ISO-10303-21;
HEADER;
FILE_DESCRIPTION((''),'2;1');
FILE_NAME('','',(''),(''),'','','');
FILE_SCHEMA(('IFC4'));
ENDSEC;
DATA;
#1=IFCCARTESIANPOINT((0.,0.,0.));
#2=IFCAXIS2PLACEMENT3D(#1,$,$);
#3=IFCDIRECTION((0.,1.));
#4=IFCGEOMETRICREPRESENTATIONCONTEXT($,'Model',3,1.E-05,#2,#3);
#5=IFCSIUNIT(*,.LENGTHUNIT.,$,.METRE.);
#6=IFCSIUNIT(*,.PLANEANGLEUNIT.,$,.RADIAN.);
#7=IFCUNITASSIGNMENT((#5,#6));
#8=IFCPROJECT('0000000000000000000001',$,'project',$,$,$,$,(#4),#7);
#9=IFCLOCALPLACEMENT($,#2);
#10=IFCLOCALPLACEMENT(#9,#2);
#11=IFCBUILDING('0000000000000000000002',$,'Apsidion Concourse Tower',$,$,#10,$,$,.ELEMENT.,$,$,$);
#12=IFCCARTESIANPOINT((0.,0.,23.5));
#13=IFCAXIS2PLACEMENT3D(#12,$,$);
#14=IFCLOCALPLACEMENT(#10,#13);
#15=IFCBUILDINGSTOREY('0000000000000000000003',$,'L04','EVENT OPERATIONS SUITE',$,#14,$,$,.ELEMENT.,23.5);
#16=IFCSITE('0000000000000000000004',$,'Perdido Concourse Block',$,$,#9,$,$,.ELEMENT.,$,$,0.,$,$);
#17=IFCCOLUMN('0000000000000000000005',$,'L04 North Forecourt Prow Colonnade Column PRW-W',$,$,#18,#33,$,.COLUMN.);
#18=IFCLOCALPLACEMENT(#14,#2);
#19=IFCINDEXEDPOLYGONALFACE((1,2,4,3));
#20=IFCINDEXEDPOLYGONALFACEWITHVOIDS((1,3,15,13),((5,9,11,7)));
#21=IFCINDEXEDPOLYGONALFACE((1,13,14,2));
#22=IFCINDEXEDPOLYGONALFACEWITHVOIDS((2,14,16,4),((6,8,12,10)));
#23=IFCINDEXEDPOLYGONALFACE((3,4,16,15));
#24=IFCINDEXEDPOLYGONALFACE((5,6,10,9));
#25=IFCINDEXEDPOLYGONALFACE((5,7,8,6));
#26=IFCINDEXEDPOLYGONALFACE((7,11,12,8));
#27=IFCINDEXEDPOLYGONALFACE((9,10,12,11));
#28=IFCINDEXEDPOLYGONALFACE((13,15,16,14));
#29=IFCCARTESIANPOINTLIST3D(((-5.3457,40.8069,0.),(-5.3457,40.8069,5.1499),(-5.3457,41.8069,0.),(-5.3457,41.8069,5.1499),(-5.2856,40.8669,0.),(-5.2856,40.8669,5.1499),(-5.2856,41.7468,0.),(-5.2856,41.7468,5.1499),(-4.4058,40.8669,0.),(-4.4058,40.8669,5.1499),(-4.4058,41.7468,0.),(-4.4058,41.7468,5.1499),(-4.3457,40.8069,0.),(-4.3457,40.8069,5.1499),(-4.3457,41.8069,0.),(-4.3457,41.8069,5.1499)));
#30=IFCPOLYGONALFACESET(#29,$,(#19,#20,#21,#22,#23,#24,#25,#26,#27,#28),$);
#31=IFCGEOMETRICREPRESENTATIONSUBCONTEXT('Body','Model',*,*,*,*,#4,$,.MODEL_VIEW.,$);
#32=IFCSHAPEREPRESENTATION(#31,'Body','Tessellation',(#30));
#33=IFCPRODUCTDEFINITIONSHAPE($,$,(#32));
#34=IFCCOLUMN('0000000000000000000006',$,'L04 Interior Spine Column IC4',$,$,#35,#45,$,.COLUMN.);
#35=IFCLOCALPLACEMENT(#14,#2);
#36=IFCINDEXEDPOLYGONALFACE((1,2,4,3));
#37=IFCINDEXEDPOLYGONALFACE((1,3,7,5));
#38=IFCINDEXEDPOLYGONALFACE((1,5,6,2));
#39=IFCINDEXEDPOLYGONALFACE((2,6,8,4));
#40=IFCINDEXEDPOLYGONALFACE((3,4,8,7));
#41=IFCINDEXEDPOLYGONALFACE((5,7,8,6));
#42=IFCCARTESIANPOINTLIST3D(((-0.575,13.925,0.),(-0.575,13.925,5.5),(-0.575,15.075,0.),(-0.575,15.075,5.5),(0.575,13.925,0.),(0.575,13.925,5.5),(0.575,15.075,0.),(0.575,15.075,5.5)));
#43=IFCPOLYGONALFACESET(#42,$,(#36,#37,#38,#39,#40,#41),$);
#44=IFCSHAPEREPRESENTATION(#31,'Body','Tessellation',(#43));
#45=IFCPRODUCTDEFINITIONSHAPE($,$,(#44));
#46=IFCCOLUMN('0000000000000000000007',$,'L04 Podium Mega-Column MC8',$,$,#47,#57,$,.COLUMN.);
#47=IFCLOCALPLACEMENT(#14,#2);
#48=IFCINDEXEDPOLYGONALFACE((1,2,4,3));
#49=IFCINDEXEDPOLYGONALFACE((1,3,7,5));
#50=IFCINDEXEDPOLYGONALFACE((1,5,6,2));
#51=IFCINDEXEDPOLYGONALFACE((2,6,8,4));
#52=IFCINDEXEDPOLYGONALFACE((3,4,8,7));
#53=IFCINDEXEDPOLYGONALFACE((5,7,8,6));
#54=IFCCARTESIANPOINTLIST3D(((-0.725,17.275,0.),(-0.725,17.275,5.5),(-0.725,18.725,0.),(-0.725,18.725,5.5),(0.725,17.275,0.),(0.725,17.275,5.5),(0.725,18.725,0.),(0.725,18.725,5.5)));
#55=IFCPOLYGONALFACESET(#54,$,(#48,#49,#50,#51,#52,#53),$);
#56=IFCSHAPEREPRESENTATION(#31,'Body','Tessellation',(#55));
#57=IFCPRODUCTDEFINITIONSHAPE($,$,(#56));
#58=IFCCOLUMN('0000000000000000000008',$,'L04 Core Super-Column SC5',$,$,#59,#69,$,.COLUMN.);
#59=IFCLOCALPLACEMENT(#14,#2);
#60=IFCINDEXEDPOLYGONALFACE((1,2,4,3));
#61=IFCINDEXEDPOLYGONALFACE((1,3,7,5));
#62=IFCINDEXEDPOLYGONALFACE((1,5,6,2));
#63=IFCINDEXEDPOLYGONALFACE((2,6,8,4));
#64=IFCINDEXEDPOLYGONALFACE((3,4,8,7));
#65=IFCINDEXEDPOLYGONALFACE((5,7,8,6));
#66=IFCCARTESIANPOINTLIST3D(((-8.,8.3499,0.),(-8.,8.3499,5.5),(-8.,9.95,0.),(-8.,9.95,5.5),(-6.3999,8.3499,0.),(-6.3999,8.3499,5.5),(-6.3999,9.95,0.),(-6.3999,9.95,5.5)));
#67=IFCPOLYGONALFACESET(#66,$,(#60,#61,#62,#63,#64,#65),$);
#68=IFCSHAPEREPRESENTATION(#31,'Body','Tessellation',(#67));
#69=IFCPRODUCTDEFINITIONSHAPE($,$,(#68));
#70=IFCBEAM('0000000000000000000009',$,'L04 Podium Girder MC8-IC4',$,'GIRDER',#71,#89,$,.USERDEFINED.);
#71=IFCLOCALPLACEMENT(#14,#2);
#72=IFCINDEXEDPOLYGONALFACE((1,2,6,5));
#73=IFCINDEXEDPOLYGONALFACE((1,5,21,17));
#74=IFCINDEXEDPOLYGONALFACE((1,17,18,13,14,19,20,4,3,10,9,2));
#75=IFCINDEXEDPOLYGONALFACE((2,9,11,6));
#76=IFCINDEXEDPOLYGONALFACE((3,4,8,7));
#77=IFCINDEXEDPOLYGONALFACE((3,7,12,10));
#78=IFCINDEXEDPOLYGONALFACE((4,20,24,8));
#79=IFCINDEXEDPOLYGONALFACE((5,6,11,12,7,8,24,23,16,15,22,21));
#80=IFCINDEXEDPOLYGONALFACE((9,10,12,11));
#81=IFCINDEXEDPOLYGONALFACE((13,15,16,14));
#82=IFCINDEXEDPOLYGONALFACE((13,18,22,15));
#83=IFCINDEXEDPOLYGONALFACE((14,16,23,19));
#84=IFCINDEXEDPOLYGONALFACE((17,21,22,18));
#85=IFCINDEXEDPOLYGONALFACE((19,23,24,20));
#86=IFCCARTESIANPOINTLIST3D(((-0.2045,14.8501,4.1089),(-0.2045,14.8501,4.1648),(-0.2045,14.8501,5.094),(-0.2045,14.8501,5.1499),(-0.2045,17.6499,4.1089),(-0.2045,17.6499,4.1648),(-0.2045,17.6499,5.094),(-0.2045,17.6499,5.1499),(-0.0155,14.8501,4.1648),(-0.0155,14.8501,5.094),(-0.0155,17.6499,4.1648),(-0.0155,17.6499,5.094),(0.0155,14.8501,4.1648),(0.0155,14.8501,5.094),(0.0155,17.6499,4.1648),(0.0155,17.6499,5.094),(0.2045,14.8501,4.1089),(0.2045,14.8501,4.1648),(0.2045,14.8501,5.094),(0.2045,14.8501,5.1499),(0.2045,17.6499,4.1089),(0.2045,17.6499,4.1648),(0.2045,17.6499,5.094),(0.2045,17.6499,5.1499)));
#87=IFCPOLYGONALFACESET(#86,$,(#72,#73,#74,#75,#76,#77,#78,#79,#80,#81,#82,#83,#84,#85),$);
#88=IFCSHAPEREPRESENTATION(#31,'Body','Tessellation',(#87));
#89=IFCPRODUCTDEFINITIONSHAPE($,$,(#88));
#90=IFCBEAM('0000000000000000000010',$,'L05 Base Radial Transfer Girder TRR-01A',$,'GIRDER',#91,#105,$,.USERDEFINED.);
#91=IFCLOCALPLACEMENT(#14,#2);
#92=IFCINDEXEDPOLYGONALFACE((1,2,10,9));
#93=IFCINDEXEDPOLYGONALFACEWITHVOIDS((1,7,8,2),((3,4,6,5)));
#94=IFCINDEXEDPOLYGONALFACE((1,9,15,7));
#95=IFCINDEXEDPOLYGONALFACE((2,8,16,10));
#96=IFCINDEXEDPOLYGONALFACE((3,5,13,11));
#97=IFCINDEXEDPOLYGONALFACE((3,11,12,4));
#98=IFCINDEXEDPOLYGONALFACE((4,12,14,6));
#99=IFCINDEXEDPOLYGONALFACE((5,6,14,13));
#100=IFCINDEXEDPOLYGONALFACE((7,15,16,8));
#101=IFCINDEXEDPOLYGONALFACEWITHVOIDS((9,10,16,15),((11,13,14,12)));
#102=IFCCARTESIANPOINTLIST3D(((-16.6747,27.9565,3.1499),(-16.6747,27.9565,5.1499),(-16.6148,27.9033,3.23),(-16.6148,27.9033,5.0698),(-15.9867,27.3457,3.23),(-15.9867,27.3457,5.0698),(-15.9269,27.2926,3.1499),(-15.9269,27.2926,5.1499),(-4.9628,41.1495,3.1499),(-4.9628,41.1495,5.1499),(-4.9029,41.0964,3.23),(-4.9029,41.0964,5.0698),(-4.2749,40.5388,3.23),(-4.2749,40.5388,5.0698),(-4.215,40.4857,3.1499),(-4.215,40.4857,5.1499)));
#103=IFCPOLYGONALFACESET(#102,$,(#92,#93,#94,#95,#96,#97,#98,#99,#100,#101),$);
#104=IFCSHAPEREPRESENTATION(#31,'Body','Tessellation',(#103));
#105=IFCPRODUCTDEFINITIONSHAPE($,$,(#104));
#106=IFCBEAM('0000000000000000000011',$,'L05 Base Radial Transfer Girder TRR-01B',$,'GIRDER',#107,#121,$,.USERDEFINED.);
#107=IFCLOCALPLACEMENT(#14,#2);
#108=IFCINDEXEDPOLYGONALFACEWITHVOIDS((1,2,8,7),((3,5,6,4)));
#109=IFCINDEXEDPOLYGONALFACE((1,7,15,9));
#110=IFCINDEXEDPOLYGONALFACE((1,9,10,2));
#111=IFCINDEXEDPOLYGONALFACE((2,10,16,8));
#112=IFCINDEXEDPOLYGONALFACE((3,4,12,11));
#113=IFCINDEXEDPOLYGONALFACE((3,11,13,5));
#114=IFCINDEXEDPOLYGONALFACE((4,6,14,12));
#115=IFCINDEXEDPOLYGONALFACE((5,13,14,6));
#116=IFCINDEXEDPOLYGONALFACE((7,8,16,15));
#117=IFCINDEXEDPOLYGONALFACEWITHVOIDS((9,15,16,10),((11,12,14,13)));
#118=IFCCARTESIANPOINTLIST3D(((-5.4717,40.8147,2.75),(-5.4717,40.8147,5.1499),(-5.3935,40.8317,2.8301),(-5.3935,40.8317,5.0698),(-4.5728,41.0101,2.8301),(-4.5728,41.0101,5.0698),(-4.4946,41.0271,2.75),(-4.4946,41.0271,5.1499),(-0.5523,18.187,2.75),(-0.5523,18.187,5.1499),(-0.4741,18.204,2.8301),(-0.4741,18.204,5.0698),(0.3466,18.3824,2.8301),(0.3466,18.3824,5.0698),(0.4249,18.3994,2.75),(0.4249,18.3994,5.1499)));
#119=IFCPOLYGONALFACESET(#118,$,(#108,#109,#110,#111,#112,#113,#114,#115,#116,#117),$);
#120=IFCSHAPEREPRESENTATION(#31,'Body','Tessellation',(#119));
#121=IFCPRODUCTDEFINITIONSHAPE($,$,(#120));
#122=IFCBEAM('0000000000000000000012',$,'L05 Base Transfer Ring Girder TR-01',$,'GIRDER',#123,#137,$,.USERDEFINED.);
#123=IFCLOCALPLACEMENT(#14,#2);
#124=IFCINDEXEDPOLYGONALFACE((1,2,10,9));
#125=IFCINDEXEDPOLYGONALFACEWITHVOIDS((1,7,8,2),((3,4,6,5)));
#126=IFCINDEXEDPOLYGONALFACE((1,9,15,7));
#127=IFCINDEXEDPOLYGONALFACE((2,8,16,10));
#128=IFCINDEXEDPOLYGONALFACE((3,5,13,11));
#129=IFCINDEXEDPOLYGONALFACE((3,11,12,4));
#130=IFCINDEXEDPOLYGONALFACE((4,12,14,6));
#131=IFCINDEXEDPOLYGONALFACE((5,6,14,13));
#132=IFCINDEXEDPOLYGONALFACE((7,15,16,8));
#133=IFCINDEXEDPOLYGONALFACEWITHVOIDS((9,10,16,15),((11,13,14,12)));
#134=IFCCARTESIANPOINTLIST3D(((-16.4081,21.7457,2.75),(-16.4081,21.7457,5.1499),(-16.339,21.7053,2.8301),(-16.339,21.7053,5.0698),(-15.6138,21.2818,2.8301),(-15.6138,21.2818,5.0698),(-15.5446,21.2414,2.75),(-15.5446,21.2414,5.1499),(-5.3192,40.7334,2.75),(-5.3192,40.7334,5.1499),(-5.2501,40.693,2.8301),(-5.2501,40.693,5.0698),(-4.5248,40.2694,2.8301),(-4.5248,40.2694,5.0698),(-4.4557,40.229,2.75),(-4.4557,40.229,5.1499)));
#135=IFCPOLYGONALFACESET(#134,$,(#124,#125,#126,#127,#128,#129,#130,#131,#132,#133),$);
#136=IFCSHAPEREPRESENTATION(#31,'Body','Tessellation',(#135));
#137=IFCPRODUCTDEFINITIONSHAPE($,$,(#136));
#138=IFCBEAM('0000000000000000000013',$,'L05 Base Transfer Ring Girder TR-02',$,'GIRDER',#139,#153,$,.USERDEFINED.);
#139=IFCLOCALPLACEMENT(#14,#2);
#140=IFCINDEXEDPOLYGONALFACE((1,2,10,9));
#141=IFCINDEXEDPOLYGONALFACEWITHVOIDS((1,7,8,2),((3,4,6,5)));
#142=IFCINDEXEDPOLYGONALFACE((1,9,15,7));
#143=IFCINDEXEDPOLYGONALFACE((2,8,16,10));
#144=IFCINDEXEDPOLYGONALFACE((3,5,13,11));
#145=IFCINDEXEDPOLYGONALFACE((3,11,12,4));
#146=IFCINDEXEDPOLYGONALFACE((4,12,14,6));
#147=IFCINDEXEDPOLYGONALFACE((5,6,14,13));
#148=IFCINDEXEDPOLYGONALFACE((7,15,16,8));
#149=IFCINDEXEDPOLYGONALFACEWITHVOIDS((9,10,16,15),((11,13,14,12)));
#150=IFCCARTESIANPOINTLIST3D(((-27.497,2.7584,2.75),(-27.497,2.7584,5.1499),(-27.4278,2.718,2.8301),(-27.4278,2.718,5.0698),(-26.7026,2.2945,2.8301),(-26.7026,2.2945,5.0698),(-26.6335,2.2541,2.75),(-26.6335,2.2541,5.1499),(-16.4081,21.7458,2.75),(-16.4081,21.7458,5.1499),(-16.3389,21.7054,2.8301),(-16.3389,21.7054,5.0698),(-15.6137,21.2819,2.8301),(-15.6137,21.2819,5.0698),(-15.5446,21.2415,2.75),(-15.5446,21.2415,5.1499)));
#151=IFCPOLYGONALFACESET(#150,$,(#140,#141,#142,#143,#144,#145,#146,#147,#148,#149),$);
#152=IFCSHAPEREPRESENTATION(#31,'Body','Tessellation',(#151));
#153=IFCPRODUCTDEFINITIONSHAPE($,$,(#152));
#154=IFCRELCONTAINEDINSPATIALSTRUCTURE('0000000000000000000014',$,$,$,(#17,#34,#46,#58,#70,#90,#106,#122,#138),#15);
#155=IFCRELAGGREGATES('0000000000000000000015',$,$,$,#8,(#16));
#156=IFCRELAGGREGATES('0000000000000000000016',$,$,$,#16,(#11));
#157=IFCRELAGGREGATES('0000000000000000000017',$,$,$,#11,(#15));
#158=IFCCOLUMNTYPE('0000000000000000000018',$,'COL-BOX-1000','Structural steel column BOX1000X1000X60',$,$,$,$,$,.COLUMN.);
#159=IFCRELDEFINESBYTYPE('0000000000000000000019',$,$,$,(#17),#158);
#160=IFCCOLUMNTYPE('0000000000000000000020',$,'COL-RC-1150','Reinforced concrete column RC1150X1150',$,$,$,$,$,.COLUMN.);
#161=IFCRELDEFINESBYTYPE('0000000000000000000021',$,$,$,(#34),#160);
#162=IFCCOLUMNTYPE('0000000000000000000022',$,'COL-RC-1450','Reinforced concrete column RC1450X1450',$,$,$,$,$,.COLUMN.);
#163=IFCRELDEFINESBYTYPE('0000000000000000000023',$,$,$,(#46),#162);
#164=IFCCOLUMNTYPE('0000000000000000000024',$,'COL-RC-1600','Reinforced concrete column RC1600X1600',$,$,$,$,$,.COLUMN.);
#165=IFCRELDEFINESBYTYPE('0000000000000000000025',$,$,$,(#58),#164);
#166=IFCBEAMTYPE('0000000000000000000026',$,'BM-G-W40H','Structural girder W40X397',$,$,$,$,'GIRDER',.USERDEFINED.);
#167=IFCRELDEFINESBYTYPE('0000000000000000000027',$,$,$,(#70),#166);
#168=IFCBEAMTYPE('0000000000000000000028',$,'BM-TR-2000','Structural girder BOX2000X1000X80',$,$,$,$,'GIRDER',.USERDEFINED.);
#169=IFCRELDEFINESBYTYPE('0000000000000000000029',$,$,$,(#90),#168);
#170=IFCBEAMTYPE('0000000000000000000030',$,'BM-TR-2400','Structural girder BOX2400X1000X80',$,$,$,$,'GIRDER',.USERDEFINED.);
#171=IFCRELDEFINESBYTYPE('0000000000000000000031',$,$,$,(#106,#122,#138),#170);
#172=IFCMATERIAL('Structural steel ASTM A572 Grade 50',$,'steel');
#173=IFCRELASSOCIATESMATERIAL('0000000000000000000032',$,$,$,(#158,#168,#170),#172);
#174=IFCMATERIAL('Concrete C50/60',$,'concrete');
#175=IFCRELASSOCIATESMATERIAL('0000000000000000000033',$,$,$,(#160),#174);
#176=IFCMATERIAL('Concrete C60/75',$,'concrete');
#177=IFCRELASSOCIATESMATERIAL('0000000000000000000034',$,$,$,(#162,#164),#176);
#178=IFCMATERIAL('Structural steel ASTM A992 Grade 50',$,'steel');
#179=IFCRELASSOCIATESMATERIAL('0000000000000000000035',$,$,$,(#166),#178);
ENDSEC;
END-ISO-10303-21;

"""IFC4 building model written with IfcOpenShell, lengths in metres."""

from ifc_helpers import new_model, si_unit, direction, frame, origin, origin_2d, place, context, subcontext, project, spatial, rectangle, hollow_rectangle, i_section, extrude, material, material_profile, profile_set, type_object, element, save


model = new_model("IFC4")

# Units and contexts
model_context = context("Model", 3, precision=1e-05, world=origin(), true_north=direction((0.0, 1.0)))
body_context = subcontext(model_context, "Body", "Model", "MODEL_VIEW")
ifc_project = project(units=[si_unit("LENGTHUNIT", "METRE"), si_unit("PLANEANGLEUNIT", "RADIAN")], contexts=[model_context])

# Site, building, storey
site_placement = place(None, origin())
site = spatial("IfcSite", under=ifc_project, at=site_placement, Name="Perdido Concourse Block", CompositionType="ELEMENT", RefElevation=0.0)
building_placement = place(site_placement, origin())
building = spatial("IfcBuilding", under=site, at=building_placement, Name="Apsidion Concourse Tower", CompositionType="ELEMENT")
storey_placement = place(building_placement, frame((0.0, 0.0, 23.5)))
storey = spatial("IfcBuildingStorey", under=building, at=storey_placement, Name="L04", Description="EVENT OPERATIONS SUITE", CompositionType="ELEMENT", Elevation=23.5)

# Columns
ifc_material_1 = material(Name="Structural steel ASTM A572 Grade 50", Category="steel")
ifc_material_profile_1 = material_profile(ifc_material_1, hollow_rectangle(XDim=1.0, YDim=1.0, WallThickness=0.0601, at=origin_2d()), Name="BOX1000X1000X60")
ifc_profile_set_1 = profile_set([ifc_material_profile_1], Name="Structural steel ASTM A572 Grade 50")
column_type_1 = type_object("IfcColumnType", Name="COL-BOX-1000", Description="Structural steel column BOX1000X1000X60", PredefinedType="COLUMN", material=ifc_profile_set_1)
column_1_placement = place(storey_placement, frame((-4.8457, 41.3069, 0.0), z_axis=(0.0, 0.0, 1.0), x_axis=(1.0, 0.0, 0.0)))
element("IfcColumn", 1, at=column_1_placement, inside=storey, type_object=column_type_1, Name="L04 North Forecourt Prow Colonnade Column PRW-W", PredefinedType="COLUMN", context=body_context, shape_type="SweptSolid", body=[
    extrude(hollow_rectangle(XDim=1.0, YDim=1.0, WallThickness=0.0601, at=origin_2d()), origin(), (0.0, 0.0, 1.0), 5.1499),
])
ifc_material_2 = material(Name="Concrete C50/60", Category="concrete")
ifc_material_profile_2 = material_profile(ifc_material_2, rectangle(XDim=1.1499, YDim=1.1499, at=origin_2d()), Name="RC 1150x1150")
ifc_profile_set_2 = profile_set([ifc_material_profile_2], Name="Concrete C50/60")
column_type_2 = type_object("IfcColumnType", Name="COL-RC-1150", Description="Reinforced concrete column RC1150X1150", PredefinedType="COLUMN", material=ifc_profile_set_2)
column_2_placement = place(storey_placement, frame((0.0, 14.5, 0.0), z_axis=(0.0, 0.0, 1.0), x_axis=(1.0, 0.0, 0.0)))
element("IfcColumn", 2, at=column_2_placement, inside=storey, type_object=column_type_2, Name="L04 Interior Spine Column IC4", PredefinedType="COLUMN", context=body_context, shape_type="SweptSolid", body=[
    extrude(rectangle(XDim=1.1499, YDim=1.1499, at=origin_2d()), origin(), (0.0, 0.0, 1.0), 5.5),
])
ifc_material_3 = material(Name="Concrete C60/75", Category="concrete")
ifc_material_profile_3 = material_profile(ifc_material_3, rectangle(XDim=1.45, YDim=1.45, at=origin_2d()), Name="RC 1450x1450")
ifc_profile_set_3 = profile_set([ifc_material_profile_3], Name="Concrete C60/75")
column_type_3 = type_object("IfcColumnType", Name="COL-RC-1450", Description="Reinforced concrete column RC1450X1450", PredefinedType="COLUMN", material=ifc_profile_set_3)
column_3_placement = place(storey_placement, frame((0.0, 18.0, 0.0), z_axis=(0.0, 0.0, 1.0), x_axis=(1.0, 0.0, 0.0)))
element("IfcColumn", 3, at=column_3_placement, inside=storey, type_object=column_type_3, Name="L04 Podium Mega-Column MC8", PredefinedType="COLUMN", context=body_context, shape_type="SweptSolid", body=[
    extrude(rectangle(XDim=1.45, YDim=1.45, at=origin_2d()), origin(), (0.0, 0.0, 1.0), 5.5),
])
ifc_material_profile_4 = material_profile(ifc_material_3, rectangle(XDim=1.6001, YDim=1.6001, at=origin_2d()), Name="RC 1600x1600")
ifc_profile_set_4 = profile_set([ifc_material_profile_4], Name="Concrete C60/75")
column_type_4 = type_object("IfcColumnType", Name="COL-RC-1600", Description="Reinforced concrete column RC1600X1600", PredefinedType="COLUMN", material=ifc_profile_set_4)
column_4_placement = place(storey_placement, frame((-7.2, 9.1499, 0.0), z_axis=(0.0, 0.0, 1.0), x_axis=(1.0, 0.0, 0.0)))
element("IfcColumn", 4, at=column_4_placement, inside=storey, type_object=column_type_4, Name="L04 Core Super-Column SC5", PredefinedType="COLUMN", context=body_context, shape_type="SweptSolid", body=[
    extrude(rectangle(XDim=1.6001, YDim=1.6001, at=origin_2d()), origin(), (0.0, 0.0, 1.0), 5.5),
])

# Beams
ifc_material_4 = material(Name="Structural steel ASTM A992 Grade 50", Category="steel")
ifc_material_profile_5 = material_profile(ifc_material_4, i_section(OverallWidth=0.4089, OverallDepth=1.041, WebThickness=0.031, FlangeThickness=0.0559, at=origin_2d()), Name="W40X397")
ifc_profile_set_5 = profile_set([ifc_material_profile_5], Name="Structural steel ASTM A992 Grade 50")
beam_type_1 = type_object("IfcBeamType", Name="BM-G-W40H", Description="Structural girder W40X397", ElementType="GIRDER", PredefinedType="USERDEFINED", material=ifc_profile_set_5)
beam_1_placement = place(storey_placement, frame((0.0, 17.6499, 4.6294), z_axis=(0.0, -1.0, 0.0), x_axis=(1.0, 0.0, 0.0)))
element("IfcBeam", 5, at=beam_1_placement, inside=storey, type_object=beam_type_1, Name="L04 Podium Girder MC8-IC4", ObjectType="GIRDER", PredefinedType="USERDEFINED", context=body_context, shape_type="SweptSolid", body=[
    extrude(i_section(OverallWidth=0.4089, OverallDepth=1.041, WebThickness=0.031, FlangeThickness=0.0559, at=origin_2d()), origin(), (0.0, 0.0, 1.0), 2.7998),
])
ifc_material_profile_6 = material_profile(ifc_material_1, hollow_rectangle(XDim=1.0, YDim=2.0, WallThickness=0.0801, at=origin_2d()), Name="BOX2000X1000X80")
ifc_profile_set_6 = profile_set([ifc_material_profile_6], Name="Structural steel ASTM A572 Grade 50")
beam_type_2 = type_object("IfcBeamType", Name="BM-TR-2000", Description="Structural girder BOX2000X1000X80", ElementType="GIRDER", PredefinedType="USERDEFINED", material=ifc_profile_set_6)
beam_2_placement = place(storey_placement, frame((-16.3008, 27.6245, 4.1499), z_axis=(0.663879, 0.74784, 0.0), x_axis=(-0.74784, 0.663879, 0.0)))
element("IfcBeam", 6, at=beam_2_placement, inside=storey, type_object=beam_type_2, Name="L05 Base Radial Transfer Girder TRR-01A", ObjectType="GIRDER", PredefinedType="USERDEFINED", context=body_context, shape_type="SweptSolid", body=[
    extrude(hollow_rectangle(XDim=1.0, YDim=2.0, WallThickness=0.0801, at=origin_2d()), origin(), (0.0, 0.0, 1.0), 17.6416),
])
ifc_material_profile_7 = material_profile(ifc_material_1, hollow_rectangle(XDim=1.0, YDim=2.3999, WallThickness=0.0801, at=origin_2d()), Name="BOX2400X1000X80")
ifc_profile_set_7 = profile_set([ifc_material_profile_7], Name="Structural steel ASTM A572 Grade 50")
beam_type_3 = type_object("IfcBeamType", Name="BM-TR-2400", Description="Structural girder BOX2400X1000X80", ElementType="GIRDER", PredefinedType="USERDEFINED", material=ifc_profile_set_7)
beam_3_placement = place(storey_placement, frame((-0.0637, 18.2932, 3.95), z_axis=(-0.212445, 0.977173, 0.0), x_axis=(-0.977173, -0.212445, 0.0)))
element("IfcBeam", 7, at=beam_3_placement, inside=storey, type_object=beam_type_3, Name="L05 Base Radial Transfer Girder TRR-01B", ObjectType="GIRDER", PredefinedType="USERDEFINED", context=body_context, shape_type="SweptSolid", body=[
    extrude(hollow_rectangle(XDim=1.0, YDim=2.3999, WallThickness=0.0801, at=origin_2d()), origin(), (0.0, 0.0, 1.0), 23.1562),
])
beam_4_placement = place(storey_placement, frame((-4.8875, 40.4812, 3.95), z_axis=(-0.504305, -0.863525, 0.0), x_axis=(0.863525, -0.504305, 0.0)))
element("IfcBeam", 8, at=beam_4_placement, inside=storey, type_object=beam_type_3, Name="L05 Base Transfer Ring Girder TR-01", ObjectType="GIRDER", PredefinedType="USERDEFINED", context=body_context, shape_type="SweptSolid", body=[
    extrude(hollow_rectangle(XDim=1.0, YDim=2.3999, WallThickness=0.0801, at=origin_2d()), origin(), (0.0, 0.0, 1.0), 21.9885),
])
beam_5_placement = place(storey_placement, frame((-15.9763, 21.4937, 3.95), z_axis=(-0.50431, -0.863523, 0.0), x_axis=(0.863523, -0.50431, 0.0)))
element("IfcBeam", 9, at=beam_5_placement, inside=storey, type_object=beam_type_3, Name="L05 Base Transfer Ring Girder TR-02", ObjectType="GIRDER", PredefinedType="USERDEFINED", context=body_context, shape_type="SweptSolid", body=[
    extrude(hollow_rectangle(XDim=1.0, YDim=2.3999, WallThickness=0.0801, at=origin_2d()), origin(), (0.0, 0.0, 1.0), 21.9883),
])

save(model, "model.ifc")
